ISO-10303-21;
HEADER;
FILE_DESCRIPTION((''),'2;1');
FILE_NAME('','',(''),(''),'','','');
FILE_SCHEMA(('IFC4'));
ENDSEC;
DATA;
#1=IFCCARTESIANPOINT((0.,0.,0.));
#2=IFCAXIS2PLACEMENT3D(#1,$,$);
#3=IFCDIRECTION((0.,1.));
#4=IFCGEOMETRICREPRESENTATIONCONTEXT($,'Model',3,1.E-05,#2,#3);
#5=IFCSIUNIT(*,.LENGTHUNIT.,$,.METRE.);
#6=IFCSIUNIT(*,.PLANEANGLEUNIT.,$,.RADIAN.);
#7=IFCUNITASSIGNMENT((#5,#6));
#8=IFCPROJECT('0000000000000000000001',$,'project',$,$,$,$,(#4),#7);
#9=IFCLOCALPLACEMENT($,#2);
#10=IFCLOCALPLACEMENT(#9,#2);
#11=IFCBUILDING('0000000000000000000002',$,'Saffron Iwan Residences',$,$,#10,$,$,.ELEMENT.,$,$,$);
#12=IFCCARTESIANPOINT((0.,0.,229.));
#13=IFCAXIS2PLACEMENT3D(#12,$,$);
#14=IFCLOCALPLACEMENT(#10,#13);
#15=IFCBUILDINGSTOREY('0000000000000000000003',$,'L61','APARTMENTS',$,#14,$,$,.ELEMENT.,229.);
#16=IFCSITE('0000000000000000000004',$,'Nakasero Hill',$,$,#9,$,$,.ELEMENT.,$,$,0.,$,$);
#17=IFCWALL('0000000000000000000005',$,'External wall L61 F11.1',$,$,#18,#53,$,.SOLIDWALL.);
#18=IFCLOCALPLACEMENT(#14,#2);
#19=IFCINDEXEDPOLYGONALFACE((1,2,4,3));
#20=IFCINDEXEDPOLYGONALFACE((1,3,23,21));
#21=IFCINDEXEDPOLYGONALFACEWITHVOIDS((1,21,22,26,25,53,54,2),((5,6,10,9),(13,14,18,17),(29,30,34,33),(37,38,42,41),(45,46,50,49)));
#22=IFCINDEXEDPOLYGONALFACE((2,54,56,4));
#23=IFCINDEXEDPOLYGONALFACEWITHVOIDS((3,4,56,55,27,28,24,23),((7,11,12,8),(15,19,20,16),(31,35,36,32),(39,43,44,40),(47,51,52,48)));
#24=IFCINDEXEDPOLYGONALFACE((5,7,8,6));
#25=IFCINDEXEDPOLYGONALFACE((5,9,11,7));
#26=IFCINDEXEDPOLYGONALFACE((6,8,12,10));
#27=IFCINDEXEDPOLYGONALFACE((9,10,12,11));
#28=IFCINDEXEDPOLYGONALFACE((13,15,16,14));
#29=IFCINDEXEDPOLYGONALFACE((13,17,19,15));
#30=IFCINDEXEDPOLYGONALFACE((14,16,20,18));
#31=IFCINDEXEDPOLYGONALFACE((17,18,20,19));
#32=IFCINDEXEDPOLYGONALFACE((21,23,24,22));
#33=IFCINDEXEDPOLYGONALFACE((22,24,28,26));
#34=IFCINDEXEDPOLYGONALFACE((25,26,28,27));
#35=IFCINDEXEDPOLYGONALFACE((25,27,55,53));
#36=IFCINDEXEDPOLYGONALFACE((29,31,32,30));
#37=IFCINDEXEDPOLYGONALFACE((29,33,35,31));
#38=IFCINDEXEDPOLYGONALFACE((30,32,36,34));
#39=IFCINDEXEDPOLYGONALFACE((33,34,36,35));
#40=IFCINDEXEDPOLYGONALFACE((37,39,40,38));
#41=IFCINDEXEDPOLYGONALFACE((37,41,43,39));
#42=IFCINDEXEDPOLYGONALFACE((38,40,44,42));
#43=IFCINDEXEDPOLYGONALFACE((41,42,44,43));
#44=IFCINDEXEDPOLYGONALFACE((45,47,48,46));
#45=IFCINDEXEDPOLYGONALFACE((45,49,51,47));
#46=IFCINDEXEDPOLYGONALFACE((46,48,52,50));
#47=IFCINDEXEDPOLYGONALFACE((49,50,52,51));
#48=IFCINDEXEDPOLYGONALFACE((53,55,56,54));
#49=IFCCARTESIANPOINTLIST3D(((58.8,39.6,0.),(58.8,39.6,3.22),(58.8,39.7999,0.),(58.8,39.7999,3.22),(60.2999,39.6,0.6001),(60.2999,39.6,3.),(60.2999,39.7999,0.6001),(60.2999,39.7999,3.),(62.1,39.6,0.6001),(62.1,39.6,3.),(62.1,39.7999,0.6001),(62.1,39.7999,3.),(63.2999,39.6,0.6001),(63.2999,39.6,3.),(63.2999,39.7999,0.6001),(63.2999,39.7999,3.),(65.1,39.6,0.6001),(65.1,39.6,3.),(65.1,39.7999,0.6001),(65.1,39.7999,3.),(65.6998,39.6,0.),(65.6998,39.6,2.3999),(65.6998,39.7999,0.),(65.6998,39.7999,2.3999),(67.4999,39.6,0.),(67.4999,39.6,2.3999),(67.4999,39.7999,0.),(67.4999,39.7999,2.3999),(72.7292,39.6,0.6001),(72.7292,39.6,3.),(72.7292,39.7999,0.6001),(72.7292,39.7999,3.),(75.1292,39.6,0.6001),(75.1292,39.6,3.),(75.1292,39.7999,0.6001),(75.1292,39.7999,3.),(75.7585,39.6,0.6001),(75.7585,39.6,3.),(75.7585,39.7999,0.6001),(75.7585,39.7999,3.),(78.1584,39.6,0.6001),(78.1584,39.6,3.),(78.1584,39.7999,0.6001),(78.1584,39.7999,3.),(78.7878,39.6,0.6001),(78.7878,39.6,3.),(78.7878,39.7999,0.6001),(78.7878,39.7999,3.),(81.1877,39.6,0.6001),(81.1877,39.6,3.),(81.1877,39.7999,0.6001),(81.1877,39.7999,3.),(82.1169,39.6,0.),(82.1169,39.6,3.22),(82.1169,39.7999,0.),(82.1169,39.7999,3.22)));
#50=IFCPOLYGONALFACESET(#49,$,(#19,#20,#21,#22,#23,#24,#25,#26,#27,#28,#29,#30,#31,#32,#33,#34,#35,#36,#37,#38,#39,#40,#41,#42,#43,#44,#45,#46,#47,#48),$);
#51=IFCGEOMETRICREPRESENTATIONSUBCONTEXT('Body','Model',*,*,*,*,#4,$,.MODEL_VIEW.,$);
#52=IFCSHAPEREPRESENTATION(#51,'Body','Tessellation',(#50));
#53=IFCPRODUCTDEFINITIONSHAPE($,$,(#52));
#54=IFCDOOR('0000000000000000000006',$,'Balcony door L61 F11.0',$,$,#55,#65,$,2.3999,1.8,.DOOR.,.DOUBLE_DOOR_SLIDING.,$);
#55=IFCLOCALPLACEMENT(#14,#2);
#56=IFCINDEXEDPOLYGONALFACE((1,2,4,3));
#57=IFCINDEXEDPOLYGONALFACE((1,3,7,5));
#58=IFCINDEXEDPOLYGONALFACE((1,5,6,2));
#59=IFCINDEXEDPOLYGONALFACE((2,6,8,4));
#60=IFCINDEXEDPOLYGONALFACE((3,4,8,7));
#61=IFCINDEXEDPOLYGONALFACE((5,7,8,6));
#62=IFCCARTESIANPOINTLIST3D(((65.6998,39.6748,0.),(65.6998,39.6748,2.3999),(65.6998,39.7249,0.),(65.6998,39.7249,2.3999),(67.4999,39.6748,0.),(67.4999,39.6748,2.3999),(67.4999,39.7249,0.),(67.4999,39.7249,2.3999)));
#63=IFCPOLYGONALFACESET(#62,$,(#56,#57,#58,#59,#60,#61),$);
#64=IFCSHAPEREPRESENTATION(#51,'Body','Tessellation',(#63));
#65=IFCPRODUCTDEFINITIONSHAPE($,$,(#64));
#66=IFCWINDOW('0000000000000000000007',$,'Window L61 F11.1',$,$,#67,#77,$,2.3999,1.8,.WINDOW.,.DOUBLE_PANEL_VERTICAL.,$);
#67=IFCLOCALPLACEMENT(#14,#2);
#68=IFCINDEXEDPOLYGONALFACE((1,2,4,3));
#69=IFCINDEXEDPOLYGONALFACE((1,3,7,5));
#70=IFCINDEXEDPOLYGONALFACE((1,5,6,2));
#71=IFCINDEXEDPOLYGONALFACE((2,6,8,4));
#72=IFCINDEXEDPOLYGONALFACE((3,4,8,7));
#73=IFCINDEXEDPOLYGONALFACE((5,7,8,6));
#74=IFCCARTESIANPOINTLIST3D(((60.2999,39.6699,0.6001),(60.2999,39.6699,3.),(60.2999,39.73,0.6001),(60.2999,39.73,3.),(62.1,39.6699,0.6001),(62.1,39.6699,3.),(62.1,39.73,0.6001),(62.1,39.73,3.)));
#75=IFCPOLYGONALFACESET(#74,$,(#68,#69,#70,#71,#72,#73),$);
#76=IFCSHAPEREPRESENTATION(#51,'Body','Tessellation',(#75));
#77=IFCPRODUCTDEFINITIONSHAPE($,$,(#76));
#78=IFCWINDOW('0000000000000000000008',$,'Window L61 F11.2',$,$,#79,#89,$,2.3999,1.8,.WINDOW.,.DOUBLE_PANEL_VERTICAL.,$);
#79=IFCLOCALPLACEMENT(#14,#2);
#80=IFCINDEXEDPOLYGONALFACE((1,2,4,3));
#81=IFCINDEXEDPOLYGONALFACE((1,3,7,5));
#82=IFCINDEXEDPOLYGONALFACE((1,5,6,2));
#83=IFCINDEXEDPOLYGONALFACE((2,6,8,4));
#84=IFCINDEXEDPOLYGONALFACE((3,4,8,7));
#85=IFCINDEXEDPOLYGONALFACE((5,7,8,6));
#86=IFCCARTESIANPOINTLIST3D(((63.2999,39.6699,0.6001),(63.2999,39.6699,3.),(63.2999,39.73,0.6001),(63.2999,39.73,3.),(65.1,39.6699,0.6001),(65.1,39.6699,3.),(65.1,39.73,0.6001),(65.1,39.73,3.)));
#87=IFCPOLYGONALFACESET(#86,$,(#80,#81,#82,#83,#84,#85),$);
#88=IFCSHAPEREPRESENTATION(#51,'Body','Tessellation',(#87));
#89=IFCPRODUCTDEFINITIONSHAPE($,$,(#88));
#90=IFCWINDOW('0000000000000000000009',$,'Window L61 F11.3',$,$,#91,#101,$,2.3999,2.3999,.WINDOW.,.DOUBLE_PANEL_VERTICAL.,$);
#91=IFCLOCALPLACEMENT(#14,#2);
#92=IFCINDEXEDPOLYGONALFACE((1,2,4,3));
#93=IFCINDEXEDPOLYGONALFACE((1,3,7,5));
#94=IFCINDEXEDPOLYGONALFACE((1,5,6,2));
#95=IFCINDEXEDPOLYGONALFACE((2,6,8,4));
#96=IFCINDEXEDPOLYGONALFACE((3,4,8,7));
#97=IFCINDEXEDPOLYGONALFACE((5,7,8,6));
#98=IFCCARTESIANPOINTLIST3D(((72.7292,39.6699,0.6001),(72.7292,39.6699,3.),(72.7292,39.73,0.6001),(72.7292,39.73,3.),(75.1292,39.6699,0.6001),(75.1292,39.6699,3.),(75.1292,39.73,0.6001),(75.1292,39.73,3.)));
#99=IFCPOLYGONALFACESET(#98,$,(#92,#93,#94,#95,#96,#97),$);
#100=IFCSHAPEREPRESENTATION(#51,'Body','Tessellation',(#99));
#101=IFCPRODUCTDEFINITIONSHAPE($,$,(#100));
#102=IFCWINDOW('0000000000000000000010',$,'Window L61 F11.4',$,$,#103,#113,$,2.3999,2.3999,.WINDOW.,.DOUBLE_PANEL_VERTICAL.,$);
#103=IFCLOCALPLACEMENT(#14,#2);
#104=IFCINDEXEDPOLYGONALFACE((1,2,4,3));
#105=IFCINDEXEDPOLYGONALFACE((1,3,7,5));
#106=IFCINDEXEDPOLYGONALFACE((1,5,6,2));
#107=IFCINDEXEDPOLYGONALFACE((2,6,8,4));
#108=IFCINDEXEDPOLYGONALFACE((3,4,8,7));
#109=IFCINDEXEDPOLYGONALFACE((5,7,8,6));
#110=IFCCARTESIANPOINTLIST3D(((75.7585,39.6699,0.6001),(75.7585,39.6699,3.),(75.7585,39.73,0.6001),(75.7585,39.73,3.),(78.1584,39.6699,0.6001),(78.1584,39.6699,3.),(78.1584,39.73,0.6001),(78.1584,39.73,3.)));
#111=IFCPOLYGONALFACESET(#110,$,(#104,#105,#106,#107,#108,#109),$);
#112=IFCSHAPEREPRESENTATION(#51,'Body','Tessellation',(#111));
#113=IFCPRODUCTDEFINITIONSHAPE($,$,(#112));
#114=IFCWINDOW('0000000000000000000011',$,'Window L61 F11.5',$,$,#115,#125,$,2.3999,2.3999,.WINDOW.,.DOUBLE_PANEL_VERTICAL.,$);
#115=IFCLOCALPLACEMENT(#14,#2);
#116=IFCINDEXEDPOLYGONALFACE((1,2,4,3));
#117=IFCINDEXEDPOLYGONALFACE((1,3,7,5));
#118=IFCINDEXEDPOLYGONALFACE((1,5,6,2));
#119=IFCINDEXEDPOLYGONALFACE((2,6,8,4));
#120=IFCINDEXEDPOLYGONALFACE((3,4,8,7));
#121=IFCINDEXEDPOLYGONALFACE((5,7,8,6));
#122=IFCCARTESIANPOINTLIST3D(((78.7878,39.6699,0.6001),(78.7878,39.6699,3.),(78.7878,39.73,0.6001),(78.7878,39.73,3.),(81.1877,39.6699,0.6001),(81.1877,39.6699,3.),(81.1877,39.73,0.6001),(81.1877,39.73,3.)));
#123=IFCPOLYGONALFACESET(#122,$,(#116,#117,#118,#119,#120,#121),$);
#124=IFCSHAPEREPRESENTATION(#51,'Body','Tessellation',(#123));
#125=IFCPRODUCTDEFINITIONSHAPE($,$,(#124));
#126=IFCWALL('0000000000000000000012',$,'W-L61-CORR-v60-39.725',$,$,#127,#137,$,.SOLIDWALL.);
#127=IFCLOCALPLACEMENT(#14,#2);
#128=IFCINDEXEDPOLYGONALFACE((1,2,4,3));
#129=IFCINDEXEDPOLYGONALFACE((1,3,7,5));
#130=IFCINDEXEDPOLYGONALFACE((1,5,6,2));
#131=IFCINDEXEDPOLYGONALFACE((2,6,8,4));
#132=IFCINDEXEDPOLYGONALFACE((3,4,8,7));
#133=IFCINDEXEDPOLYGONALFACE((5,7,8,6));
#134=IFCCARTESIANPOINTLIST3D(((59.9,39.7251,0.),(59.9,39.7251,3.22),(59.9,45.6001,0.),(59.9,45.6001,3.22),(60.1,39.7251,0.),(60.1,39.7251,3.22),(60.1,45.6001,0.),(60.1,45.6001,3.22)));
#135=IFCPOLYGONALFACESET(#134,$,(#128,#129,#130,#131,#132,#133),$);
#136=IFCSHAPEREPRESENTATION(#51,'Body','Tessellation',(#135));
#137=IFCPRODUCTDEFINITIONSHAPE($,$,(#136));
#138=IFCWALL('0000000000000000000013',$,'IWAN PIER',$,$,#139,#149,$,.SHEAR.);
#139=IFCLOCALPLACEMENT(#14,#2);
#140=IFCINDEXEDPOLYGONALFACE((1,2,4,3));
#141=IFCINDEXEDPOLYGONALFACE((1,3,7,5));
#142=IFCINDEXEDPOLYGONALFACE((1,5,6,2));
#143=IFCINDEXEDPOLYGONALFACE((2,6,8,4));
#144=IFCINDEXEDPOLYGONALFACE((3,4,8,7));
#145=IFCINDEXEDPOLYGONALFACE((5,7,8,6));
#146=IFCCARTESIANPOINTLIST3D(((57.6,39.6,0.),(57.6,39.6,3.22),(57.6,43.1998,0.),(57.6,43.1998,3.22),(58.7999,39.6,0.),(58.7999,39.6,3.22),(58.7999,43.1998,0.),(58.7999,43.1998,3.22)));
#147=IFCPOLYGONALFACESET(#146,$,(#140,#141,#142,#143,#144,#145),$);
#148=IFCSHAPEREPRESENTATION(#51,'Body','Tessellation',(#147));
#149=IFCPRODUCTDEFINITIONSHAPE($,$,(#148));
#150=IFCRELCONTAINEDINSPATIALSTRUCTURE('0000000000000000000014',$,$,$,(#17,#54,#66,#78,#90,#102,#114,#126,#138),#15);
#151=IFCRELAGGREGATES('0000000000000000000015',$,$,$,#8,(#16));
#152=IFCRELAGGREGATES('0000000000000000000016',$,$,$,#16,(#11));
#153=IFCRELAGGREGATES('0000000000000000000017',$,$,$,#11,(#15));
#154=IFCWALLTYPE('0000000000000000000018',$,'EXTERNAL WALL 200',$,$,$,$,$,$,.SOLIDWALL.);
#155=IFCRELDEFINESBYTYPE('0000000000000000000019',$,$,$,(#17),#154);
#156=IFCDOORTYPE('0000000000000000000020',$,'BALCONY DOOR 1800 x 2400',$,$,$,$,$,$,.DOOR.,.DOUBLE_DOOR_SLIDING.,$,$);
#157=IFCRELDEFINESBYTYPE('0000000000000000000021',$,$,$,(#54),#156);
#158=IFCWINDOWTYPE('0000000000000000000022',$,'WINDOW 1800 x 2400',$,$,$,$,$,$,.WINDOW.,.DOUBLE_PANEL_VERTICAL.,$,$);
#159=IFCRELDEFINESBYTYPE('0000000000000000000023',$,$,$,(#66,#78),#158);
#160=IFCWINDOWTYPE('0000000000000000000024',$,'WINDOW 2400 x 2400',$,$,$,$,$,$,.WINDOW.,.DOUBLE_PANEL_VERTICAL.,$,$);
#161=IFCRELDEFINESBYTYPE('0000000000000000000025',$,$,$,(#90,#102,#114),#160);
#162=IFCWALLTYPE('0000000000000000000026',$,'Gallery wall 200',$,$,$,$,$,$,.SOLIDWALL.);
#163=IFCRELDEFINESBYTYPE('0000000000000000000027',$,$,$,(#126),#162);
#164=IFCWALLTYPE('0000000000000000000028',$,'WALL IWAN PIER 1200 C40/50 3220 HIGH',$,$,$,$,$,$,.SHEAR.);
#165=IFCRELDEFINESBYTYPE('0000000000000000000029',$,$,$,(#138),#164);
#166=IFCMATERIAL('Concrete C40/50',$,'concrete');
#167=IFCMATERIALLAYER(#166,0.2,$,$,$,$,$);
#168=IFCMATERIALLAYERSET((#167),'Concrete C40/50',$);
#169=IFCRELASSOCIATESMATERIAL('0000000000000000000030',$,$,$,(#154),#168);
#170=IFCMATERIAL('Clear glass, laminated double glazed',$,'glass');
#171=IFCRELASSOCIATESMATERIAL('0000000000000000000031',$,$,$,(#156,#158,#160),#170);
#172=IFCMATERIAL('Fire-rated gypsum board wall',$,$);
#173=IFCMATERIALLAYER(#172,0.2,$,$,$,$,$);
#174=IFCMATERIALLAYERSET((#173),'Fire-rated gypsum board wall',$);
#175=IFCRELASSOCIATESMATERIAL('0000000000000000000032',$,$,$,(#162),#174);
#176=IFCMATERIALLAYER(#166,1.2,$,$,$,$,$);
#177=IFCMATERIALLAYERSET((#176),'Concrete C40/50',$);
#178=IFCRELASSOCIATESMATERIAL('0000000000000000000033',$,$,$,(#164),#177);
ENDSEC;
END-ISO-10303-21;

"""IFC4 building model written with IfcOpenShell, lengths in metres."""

from ifc_helpers import new_model, si_unit, direction, frame, frame_2d, origin, place, context, subcontext, project, spatial, rectangle, extrude, material, layer, layer_set, type_object, element, fill, save


model = new_model("IFC4")

# Units and contexts
model_context = context("Model", 3, precision=1e-05, world=origin(), true_north=direction((0.0, 1.0)))
body_context = subcontext(model_context, "Body", "Model", "MODEL_VIEW")
ifc_project = project(units=[si_unit("LENGTHUNIT", "METRE"), si_unit("PLANEANGLEUNIT", "RADIAN")], contexts=[model_context])

# Site, building, storey
site_placement = place(None, origin())
site = spatial("IfcSite", under=ifc_project, at=site_placement, Name="Nakasero Hill", CompositionType="ELEMENT", RefElevation=0.0)
building_placement = place(site_placement, origin())
building = spatial("IfcBuilding", under=site, at=building_placement, Name="Saffron Iwan Residences", CompositionType="ELEMENT")
storey_placement = place(building_placement, frame((0.0, 0.0, 229.0)))
storey = spatial("IfcBuildingStorey", under=building, at=storey_placement, Name="L61", Description="APARTMENTS", CompositionType="ELEMENT", Elevation=229.0)

# Shared definitions
ifc_material_1 = material(Name="Concrete C40/50", Category="concrete")

# Wall, openings, door, windows
ifc_layer_1 = layer(ifc_material_1, 0.2)
ifc_layer_set_1 = layer_set([ifc_layer_1], Name="Concrete C40/50")
wall_type_1 = type_object("IfcWallType", Name="EXTERNAL WALL 200", PredefinedType="SOLIDWALL", material=ifc_layer_set_1)
wall_1_placement = place(storey_placement, frame((58.8, 39.7, 0.0), z_axis=(0.0, 0.0, 1.0), x_axis=(1.0, 0.0, 0.0)))
wall_1 = element("IfcWall", 1, at=wall_1_placement, inside=storey, type_object=wall_type_1, Name="External wall L61 F11.1", PredefinedType="SOLIDWALL", context=body_context, shape_type="SweptSolid", body=[
    extrude(rectangle(XDim=23.3169, YDim=0.2, at=frame_2d((11.6584, 0.0))), origin(), (0.0, 0.0, 1.0), 3.22),
])
opening_1_placement = place(wall_1_placement, frame((6.8999, 0.0, 0.0)))
opening_1 = element("IfcOpeningElement", 2, at=opening_1_placement, cuts=wall_1, PredefinedType="OPENING", context=body_context, shape_type="SweptSolid", body=[
    extrude(rectangle(XDim=1.8, YDim=2.3999, at=frame_2d((0.8999, 1.2))), frame((0.0, 0.1099, 0.0), z_axis=(0.0, -1.0, 0.0), x_axis=(1.0, 0.0, 0.0)), (0.0, 0.0, 1.0), 0.22),
])
opening_2_placement = place(wall_1_placement, frame((1.5, 0.0, 0.6001)))
opening_2 = element("IfcOpeningElement", 3, at=opening_2_placement, cuts=wall_1, PredefinedType="OPENING", context=body_context, shape_type="SweptSolid", body=[
    extrude(rectangle(XDim=1.8, YDim=2.3999, at=frame_2d((0.8999, 1.2))), frame((0.0, 0.1099, 0.0), z_axis=(0.0, -1.0, 0.0), x_axis=(1.0, 0.0, 0.0)), (0.0, 0.0, 1.0), 0.22),
])
opening_3_placement = place(wall_1_placement, frame((4.5, 0.0, 0.6001)))
opening_3 = element("IfcOpeningElement", 4, at=opening_3_placement, cuts=wall_1, PredefinedType="OPENING", context=body_context, shape_type="SweptSolid", body=[
    extrude(rectangle(XDim=1.8, YDim=2.3999, at=frame_2d((0.8999, 1.2))), frame((0.0, 0.1099, 0.0), z_axis=(0.0, -1.0, 0.0), x_axis=(1.0, 0.0, 0.0)), (0.0, 0.0, 1.0), 0.22),
])
opening_4_placement = place(wall_1_placement, frame((13.9292, 0.0, 0.6001)))
opening_4 = element("IfcOpeningElement", 5, at=opening_4_placement, cuts=wall_1, PredefinedType="OPENING", context=body_context, shape_type="SweptSolid", body=[
    extrude(rectangle(XDim=2.3999, YDim=2.3999, at=frame_2d((1.2, 1.2))), frame((0.0, 0.1099, 0.0), z_axis=(0.0, -1.0, 0.0), x_axis=(1.0, 0.0, 0.0)), (0.0, 0.0, 1.0), 0.22),
])
opening_5_placement = place(wall_1_placement, frame((16.9585, 0.0, 0.6001)))
opening_5 = element("IfcOpeningElement", 6, at=opening_5_placement, cuts=wall_1, PredefinedType="OPENING", context=body_context, shape_type="SweptSolid", body=[
    extrude(rectangle(XDim=2.3999, YDim=2.3999, at=frame_2d((1.2, 1.2))), frame((0.0, 0.1099, 0.0), z_axis=(0.0, -1.0, 0.0), x_axis=(1.0, 0.0, 0.0)), (0.0, 0.0, 1.0), 0.22),
])
opening_6_placement = place(wall_1_placement, frame((19.9878, 0.0, 0.6001)))
opening_6 = element("IfcOpeningElement", 7, at=opening_6_placement, cuts=wall_1, PredefinedType="OPENING", context=body_context, shape_type="SweptSolid", body=[
    extrude(rectangle(XDim=2.3999, YDim=2.3999, at=frame_2d((1.2, 1.2))), frame((0.0, 0.1099, 0.0), z_axis=(0.0, -1.0, 0.0), x_axis=(1.0, 0.0, 0.0)), (0.0, 0.0, 1.0), 0.22),
])
ifc_material_2 = material(Name="Clear glass, laminated double glazed", Category="glass")
door_type = type_object("IfcDoorType", Name="BALCONY DOOR 1800 x 2400", OperationType="DOUBLE_DOOR_SLIDING", PredefinedType="DOOR", material=ifc_material_2)
door_placement = place(opening_1_placement, origin())
door = element("IfcDoor", 8, at=door_placement, inside=storey, type_object=door_type, Name="Balcony door L61 F11.0", OperationType="DOUBLE_DOOR_SLIDING", OverallHeight=2.3999, OverallWidth=1.8, PredefinedType="DOOR", context=body_context, shape_type="SweptSolid", body=[
    extrude(rectangle(XDim=1.8, YDim=2.3999, at=frame_2d((0.8999, 1.2))), frame((0.0, 0.0249, 0.0), z_axis=(0.0, -1.0, 0.0), x_axis=(1.0, 0.0, 0.0)), (0.0, 0.0, 1.0), 0.05),
])
fill(opening_1, door)
window_type_1 = type_object("IfcWindowType", Name="WINDOW 1800 x 2400", PartitioningType="DOUBLE_PANEL_VERTICAL", PredefinedType="WINDOW", material=ifc_material_2)
window_1_placement = place(opening_2_placement, origin())
window_1 = element("IfcWindow", 9, at=window_1_placement, inside=storey, type_object=window_type_1, Name="Window L61 F11.1", OverallHeight=2.3999, OverallWidth=1.8, PartitioningType="DOUBLE_PANEL_VERTICAL", PredefinedType="WINDOW", context=body_context, shape_type="SweptSolid", body=[
    extrude(rectangle(XDim=1.8, YDim=2.3999, at=frame_2d((0.8999, 1.2))), frame((0.0, 0.03, 0.0), z_axis=(0.0, -1.0, 0.0), x_axis=(1.0, 0.0, 0.0)), (0.0, 0.0, 1.0), 0.0601),
])
fill(opening_2, window_1)
window_2_placement = place(opening_3_placement, origin())
window_2 = element("IfcWindow", 10, at=window_2_placement, inside=storey, type_object=window_type_1, Name="Window L61 F11.2", OverallHeight=2.3999, OverallWidth=1.8, PartitioningType="DOUBLE_PANEL_VERTICAL", PredefinedType="WINDOW", context=body_context, shape_type="SweptSolid", body=[
    extrude(rectangle(XDim=1.8, YDim=2.3999, at=frame_2d((0.8999, 1.2))), frame((0.0, 0.03, 0.0), z_axis=(0.0, -1.0, 0.0), x_axis=(1.0, 0.0, 0.0)), (0.0, 0.0, 1.0), 0.0601),
])
fill(opening_3, window_2)
window_type_2 = type_object("IfcWindowType", Name="WINDOW 2400 x 2400", PartitioningType="DOUBLE_PANEL_VERTICAL", PredefinedType="WINDOW", material=ifc_material_2)
window_3_placement = place(opening_4_placement, origin())
window_3 = element("IfcWindow", 11, at=window_3_placement, inside=storey, type_object=window_type_2, Name="Window L61 F11.3", OverallHeight=2.3999, OverallWidth=2.3999, PartitioningType="DOUBLE_PANEL_VERTICAL", PredefinedType="WINDOW", context=body_context, shape_type="SweptSolid", body=[
    extrude(rectangle(XDim=2.3999, YDim=2.3999, at=frame_2d((1.2, 1.2))), frame((0.0, 0.03, 0.0), z_axis=(0.0, -1.0, 0.0), x_axis=(1.0, 0.0, 0.0)), (0.0, 0.0, 1.0), 0.0601),
])
fill(opening_4, window_3)
window_4_placement = place(opening_5_placement, origin())
window_4 = element("IfcWindow", 12, at=window_4_placement, inside=storey, type_object=window_type_2, Name="Window L61 F11.4", OverallHeight=2.3999, OverallWidth=2.3999, PartitioningType="DOUBLE_PANEL_VERTICAL", PredefinedType="WINDOW", context=body_context, shape_type="SweptSolid", body=[
    extrude(rectangle(XDim=2.3999, YDim=2.3999, at=frame_2d((1.2, 1.2))), frame((0.0, 0.03, 0.0), z_axis=(0.0, -1.0, 0.0), x_axis=(1.0, 0.0, 0.0)), (0.0, 0.0, 1.0), 0.0601),
])
fill(opening_5, window_4)
window_5_placement = place(opening_6_placement, origin())
window_5 = element("IfcWindow", 13, at=window_5_placement, inside=storey, type_object=window_type_2, Name="Window L61 F11.5", OverallHeight=2.3999, OverallWidth=2.3999, PartitioningType="DOUBLE_PANEL_VERTICAL", PredefinedType="WINDOW", context=body_context, shape_type="SweptSolid", body=[
    extrude(rectangle(XDim=2.3999, YDim=2.3999, at=frame_2d((1.2, 1.2))), frame((0.0, 0.03, 0.0), z_axis=(0.0, -1.0, 0.0), x_axis=(1.0, 0.0, 0.0)), (0.0, 0.0, 1.0), 0.0601),
])
fill(opening_6, window_5)

# Walls
ifc_material_3 = material(Name="Fire-rated gypsum board wall")
ifc_layer_2 = layer(ifc_material_3, 0.2)
ifc_layer_set_2 = layer_set([ifc_layer_2], Name="Fire-rated gypsum board wall")
wall_type_2 = type_object("IfcWallType", Name="Gallery wall 200", PredefinedType="SOLIDWALL", material=ifc_layer_set_2)
wall_2_placement = place(storey_placement, frame((60.0, 39.7251, 0.0), z_axis=(0.0, 0.0, 1.0), x_axis=(0.0, 1.0, 0.0)))
element("IfcWall", 14, at=wall_2_placement, inside=storey, type_object=wall_type_2, Name="W-L61-CORR-v60-39.725", PredefinedType="SOLIDWALL", context=body_context, shape_type="SweptSolid", body=[
    extrude(rectangle(XDim=5.875, YDim=0.2, at=frame_2d((2.9375, 0.0))), origin(), (0.0, 0.0, 1.0), 3.22),
])
ifc_layer_3 = layer(ifc_material_1, 1.2)
ifc_layer_set_3 = layer_set([ifc_layer_3], Name="Concrete C40/50")
wall_type_3 = type_object("IfcWallType", Name="WALL IWAN PIER 1200 C40/50 3220 HIGH", PredefinedType="SHEAR", material=ifc_layer_set_3)
wall_3_placement = place(storey_placement, frame((58.2, 39.6001, 0.0), z_axis=(0.0, 0.0, 1.0), x_axis=(0.0, 1.0, 0.0)))
element("IfcWall", 15, at=wall_3_placement, inside=storey, type_object=wall_type_3, Name="IWAN PIER", PredefinedType="SHEAR", context=body_context, shape_type="SweptSolid", body=[
    extrude(rectangle(XDim=3.5999, YDim=1.2, at=frame_2d((1.7998, 0.0))), origin(), (0.0, 0.0, 1.0), 3.22),
])

save(model, "model.ifc")
